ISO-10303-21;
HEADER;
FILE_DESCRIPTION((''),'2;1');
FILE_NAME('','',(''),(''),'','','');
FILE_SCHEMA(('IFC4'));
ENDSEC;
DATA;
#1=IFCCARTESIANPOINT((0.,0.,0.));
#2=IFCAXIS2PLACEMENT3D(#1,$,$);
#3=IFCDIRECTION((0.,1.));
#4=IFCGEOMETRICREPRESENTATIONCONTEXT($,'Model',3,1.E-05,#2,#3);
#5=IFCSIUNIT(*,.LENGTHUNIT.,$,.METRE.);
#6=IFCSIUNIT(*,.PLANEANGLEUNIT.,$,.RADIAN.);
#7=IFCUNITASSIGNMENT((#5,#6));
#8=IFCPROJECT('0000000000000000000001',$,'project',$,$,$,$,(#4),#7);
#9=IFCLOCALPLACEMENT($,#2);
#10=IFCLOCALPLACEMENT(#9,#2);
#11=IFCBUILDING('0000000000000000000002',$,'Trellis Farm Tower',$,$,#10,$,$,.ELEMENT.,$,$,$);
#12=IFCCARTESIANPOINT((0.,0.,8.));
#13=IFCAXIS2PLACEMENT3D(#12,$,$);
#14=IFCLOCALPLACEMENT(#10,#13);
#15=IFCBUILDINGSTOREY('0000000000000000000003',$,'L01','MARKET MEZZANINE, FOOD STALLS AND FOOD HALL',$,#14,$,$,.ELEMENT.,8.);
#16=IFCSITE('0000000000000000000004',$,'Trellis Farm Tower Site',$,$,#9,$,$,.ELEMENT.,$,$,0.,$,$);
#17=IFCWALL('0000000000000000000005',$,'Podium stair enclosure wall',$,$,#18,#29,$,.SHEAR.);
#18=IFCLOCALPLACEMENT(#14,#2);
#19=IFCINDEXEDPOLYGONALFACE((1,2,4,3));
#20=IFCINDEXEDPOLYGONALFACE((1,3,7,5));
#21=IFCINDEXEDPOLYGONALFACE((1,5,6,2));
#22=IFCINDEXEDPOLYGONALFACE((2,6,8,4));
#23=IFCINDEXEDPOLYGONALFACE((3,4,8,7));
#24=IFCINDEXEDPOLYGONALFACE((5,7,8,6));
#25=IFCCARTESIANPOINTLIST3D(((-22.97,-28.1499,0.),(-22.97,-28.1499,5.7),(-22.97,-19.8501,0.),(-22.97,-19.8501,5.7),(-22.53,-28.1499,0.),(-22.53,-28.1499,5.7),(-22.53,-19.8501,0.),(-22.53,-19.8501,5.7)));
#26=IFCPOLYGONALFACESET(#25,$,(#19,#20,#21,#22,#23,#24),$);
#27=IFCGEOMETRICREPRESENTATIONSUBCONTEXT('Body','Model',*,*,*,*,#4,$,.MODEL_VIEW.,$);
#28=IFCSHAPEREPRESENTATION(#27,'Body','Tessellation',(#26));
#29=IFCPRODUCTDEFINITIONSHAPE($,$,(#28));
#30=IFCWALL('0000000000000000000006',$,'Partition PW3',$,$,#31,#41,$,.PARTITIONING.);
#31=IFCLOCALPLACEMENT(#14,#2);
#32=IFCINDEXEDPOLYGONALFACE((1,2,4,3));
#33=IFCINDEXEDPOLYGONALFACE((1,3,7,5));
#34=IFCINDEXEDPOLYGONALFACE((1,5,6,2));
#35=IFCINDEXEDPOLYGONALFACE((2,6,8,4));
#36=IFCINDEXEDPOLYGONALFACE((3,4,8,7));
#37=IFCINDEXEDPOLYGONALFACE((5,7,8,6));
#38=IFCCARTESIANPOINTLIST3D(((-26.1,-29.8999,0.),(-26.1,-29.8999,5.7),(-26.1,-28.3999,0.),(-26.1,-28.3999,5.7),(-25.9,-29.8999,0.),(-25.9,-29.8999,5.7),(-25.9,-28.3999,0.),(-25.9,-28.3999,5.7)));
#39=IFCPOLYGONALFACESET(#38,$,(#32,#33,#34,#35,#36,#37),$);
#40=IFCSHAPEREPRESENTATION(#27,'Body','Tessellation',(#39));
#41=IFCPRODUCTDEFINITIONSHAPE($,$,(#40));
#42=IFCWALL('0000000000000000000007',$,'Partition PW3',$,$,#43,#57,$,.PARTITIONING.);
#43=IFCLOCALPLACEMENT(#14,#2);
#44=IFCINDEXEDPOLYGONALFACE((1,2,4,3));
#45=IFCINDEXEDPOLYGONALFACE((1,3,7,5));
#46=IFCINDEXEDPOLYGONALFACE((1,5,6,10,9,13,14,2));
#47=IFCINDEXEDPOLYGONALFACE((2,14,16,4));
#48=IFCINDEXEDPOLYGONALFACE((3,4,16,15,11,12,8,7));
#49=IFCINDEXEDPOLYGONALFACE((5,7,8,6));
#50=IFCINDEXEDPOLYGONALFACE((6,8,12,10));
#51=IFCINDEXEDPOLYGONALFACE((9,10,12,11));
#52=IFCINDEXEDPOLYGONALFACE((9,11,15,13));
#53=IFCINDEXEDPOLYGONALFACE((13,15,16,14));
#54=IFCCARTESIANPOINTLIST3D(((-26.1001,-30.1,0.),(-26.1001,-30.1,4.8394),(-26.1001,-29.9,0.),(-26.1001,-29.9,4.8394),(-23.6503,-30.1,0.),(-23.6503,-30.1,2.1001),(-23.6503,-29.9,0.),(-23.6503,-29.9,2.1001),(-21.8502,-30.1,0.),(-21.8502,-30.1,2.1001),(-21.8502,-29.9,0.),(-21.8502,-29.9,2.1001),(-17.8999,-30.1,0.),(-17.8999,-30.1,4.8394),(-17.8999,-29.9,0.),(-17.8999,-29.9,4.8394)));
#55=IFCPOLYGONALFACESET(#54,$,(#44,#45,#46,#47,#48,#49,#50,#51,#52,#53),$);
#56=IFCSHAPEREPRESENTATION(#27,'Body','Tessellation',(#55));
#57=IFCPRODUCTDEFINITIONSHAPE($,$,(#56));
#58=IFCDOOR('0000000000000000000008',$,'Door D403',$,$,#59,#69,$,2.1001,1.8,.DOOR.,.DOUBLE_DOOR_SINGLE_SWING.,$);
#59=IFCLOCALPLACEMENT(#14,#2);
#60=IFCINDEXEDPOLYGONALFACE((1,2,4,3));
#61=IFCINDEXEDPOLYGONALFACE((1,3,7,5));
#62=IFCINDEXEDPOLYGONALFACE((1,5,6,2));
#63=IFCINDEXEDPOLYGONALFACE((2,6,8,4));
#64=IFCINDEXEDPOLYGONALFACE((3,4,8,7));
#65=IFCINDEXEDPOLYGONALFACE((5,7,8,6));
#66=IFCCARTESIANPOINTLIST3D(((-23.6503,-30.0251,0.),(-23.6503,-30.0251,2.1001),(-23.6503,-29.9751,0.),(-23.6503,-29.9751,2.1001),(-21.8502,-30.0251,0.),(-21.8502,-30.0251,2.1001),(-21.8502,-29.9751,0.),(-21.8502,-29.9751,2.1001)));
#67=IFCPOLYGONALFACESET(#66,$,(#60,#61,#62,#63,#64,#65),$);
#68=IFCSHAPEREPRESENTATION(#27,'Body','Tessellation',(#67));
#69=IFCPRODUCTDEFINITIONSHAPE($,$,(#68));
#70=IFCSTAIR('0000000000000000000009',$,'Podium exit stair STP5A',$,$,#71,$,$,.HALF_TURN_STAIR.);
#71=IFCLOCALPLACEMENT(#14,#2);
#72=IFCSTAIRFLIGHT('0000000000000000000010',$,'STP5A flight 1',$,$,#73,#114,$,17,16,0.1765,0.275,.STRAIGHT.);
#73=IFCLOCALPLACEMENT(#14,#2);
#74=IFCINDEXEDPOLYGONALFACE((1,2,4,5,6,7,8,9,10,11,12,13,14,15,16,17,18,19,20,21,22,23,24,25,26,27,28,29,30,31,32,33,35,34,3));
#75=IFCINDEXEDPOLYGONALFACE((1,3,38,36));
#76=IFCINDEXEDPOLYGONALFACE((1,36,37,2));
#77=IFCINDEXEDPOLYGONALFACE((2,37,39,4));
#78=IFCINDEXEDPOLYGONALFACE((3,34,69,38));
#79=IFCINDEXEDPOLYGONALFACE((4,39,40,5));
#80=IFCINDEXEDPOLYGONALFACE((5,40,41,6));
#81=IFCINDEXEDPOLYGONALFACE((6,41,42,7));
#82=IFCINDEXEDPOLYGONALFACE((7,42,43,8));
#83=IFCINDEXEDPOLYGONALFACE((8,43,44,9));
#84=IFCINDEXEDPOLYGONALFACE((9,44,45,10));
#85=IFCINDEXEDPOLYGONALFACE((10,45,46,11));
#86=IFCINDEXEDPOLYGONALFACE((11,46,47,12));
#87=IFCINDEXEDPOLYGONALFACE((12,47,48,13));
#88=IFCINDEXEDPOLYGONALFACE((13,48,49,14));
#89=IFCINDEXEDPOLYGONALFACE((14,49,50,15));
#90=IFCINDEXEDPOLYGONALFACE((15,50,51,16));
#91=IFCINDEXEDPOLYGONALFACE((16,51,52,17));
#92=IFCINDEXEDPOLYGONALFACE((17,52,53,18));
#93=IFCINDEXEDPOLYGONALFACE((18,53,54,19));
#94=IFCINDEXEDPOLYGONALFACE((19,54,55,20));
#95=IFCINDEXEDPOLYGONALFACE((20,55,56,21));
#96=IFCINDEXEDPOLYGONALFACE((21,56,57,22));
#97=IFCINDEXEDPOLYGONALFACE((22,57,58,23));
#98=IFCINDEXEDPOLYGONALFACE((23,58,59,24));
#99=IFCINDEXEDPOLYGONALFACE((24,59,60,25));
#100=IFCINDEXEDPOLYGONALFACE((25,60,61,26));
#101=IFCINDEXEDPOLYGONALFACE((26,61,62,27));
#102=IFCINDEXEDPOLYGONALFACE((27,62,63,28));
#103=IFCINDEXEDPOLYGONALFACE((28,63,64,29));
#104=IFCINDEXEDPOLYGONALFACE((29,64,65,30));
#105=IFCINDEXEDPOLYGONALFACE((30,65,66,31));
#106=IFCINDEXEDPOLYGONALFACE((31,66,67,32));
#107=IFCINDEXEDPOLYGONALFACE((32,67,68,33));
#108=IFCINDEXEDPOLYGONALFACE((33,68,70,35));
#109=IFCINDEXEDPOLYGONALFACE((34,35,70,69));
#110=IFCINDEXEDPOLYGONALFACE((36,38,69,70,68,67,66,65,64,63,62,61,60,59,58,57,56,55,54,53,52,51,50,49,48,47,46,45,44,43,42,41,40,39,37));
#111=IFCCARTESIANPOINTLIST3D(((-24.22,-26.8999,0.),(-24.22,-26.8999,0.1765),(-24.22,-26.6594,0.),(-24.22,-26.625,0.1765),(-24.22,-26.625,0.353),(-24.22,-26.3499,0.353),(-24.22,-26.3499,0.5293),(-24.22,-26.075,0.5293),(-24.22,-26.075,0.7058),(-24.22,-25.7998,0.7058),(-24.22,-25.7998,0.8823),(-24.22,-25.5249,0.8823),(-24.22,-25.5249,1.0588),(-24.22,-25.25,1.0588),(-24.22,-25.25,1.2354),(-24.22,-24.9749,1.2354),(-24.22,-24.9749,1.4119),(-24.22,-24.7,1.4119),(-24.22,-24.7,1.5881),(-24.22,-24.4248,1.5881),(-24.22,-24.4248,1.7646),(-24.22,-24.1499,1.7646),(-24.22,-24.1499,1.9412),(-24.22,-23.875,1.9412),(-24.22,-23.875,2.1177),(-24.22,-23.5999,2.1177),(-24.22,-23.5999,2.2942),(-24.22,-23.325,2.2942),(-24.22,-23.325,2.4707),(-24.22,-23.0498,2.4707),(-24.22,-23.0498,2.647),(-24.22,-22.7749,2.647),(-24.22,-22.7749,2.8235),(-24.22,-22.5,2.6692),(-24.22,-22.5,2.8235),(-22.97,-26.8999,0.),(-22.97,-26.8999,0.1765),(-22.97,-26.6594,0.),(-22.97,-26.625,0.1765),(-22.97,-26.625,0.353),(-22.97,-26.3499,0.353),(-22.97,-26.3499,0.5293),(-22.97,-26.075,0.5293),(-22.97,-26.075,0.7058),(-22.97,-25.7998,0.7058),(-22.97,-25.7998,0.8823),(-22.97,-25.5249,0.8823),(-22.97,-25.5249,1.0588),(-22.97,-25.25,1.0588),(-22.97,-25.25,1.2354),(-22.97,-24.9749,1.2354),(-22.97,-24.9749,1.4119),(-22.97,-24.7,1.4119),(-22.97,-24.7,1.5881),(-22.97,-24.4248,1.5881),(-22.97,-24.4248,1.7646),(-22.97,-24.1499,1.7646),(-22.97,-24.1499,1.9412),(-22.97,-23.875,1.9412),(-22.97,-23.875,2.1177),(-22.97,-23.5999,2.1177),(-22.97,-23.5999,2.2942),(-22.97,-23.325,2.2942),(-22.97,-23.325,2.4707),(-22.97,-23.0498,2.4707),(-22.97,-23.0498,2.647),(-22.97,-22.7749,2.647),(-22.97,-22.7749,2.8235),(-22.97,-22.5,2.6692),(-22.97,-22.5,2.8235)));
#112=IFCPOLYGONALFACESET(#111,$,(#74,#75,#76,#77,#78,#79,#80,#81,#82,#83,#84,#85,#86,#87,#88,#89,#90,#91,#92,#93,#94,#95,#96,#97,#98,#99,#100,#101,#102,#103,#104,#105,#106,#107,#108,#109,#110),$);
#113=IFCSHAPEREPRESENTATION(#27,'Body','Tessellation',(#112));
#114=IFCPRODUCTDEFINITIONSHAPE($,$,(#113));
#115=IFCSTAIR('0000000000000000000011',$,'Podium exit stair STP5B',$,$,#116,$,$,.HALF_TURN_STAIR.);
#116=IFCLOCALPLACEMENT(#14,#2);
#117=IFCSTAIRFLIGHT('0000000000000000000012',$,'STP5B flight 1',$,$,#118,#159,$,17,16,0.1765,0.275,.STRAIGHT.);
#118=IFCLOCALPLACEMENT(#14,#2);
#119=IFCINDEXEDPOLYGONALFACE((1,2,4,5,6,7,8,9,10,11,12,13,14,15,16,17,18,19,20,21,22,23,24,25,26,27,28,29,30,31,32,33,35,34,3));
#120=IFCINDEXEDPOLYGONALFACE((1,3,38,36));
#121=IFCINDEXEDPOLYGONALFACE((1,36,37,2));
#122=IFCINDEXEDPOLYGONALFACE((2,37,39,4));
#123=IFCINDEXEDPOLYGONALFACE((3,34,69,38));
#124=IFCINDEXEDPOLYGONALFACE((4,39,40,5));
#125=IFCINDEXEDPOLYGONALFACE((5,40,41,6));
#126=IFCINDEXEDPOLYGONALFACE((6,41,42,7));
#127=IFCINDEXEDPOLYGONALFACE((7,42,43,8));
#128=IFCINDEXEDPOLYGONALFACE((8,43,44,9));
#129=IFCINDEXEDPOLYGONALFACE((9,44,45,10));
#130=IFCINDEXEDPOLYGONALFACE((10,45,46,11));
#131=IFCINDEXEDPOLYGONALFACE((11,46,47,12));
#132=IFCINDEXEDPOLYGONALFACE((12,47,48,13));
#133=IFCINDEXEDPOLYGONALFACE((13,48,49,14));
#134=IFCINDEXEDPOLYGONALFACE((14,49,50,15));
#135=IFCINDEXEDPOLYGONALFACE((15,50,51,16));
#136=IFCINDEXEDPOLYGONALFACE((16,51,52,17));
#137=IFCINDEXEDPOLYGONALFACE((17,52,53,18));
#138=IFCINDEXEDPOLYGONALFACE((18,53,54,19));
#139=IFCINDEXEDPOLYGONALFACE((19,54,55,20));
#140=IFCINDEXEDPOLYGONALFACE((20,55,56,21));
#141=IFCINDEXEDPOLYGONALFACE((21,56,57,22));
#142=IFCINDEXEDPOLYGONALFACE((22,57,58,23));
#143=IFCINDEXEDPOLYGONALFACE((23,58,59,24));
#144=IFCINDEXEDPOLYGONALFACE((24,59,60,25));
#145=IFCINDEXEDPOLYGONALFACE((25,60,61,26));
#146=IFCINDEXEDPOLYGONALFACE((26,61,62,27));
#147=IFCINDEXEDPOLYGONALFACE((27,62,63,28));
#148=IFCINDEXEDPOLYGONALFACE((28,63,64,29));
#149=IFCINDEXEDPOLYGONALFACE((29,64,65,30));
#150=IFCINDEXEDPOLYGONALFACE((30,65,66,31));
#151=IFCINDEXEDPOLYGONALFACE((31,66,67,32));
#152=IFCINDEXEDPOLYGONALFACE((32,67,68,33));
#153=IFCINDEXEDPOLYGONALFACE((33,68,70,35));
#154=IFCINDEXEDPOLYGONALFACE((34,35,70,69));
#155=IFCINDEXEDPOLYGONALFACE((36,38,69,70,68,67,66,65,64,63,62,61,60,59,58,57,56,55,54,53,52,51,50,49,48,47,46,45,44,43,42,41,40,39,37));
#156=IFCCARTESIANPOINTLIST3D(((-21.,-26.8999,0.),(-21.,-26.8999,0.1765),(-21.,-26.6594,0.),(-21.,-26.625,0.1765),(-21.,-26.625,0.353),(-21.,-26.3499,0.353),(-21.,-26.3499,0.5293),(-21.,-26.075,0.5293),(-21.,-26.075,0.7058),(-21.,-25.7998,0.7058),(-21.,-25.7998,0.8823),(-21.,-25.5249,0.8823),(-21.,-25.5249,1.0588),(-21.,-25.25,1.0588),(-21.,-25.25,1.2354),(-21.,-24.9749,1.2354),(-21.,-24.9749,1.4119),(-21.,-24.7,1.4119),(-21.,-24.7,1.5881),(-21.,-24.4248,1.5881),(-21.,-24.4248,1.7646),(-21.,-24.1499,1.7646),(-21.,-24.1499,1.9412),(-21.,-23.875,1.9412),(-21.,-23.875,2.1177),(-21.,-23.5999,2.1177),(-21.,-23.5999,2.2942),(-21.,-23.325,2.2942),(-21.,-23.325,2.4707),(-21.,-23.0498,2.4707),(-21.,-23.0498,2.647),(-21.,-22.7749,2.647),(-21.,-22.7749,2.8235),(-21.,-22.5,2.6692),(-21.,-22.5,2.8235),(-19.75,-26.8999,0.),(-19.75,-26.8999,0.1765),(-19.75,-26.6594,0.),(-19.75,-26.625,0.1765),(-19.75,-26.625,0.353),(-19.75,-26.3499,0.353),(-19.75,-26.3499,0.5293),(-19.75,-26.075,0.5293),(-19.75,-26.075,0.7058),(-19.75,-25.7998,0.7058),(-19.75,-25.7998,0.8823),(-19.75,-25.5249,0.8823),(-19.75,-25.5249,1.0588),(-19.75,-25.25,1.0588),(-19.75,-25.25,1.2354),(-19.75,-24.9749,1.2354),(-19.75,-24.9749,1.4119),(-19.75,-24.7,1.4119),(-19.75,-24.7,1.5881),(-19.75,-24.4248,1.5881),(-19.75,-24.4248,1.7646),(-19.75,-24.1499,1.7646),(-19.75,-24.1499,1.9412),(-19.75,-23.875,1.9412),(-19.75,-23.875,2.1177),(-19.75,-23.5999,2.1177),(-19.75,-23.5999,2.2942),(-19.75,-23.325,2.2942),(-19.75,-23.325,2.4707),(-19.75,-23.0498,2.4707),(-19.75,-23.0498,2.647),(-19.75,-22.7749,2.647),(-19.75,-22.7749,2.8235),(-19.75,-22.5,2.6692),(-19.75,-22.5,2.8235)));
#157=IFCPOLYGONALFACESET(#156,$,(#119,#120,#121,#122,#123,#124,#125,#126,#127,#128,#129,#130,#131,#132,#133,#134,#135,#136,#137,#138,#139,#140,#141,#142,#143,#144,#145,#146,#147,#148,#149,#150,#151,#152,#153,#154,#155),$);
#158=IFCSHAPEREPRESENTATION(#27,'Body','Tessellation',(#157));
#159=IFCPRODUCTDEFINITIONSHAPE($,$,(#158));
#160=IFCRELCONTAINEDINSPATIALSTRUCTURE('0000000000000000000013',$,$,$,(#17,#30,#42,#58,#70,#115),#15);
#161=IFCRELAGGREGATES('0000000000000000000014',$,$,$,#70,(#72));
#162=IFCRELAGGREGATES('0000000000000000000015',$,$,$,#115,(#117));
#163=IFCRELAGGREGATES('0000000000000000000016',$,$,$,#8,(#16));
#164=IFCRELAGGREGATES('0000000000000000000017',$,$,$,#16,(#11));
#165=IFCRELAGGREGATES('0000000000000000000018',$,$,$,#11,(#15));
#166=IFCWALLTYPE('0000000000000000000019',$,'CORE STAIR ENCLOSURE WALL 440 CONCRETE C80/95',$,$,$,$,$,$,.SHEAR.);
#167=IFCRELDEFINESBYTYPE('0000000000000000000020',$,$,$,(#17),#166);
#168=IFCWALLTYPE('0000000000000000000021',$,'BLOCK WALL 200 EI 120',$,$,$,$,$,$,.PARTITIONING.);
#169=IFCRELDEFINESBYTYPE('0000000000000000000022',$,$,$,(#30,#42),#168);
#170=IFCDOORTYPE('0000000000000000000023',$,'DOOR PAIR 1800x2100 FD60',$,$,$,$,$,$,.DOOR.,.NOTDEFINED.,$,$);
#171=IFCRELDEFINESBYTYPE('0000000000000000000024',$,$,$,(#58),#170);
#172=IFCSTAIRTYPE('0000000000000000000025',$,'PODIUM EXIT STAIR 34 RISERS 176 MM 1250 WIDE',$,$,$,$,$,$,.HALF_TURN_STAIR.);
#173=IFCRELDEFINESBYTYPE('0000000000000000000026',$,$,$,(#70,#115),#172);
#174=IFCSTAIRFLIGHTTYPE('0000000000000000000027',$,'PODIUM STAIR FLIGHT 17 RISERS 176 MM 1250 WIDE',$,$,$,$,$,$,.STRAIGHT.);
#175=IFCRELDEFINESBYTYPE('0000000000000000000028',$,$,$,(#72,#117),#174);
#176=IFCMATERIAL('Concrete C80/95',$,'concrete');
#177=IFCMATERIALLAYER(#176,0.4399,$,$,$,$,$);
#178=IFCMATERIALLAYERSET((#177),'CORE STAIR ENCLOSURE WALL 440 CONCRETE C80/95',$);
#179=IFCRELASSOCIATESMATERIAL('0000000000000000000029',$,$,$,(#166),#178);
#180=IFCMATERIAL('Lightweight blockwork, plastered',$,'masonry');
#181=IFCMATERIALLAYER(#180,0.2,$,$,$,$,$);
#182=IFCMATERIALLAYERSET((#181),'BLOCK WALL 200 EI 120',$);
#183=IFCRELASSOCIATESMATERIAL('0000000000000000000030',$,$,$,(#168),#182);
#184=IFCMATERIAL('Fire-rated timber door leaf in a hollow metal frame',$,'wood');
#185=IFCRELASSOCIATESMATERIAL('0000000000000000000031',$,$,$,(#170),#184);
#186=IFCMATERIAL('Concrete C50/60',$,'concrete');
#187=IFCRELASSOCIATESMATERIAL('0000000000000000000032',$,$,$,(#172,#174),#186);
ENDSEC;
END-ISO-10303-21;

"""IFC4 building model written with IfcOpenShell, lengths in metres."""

from ifc_helpers import new_model, si_unit, direction, frame, frame_2d, origin, place, context, subcontext, project, spatial, polyline, rectangle, outline, extrude, source, transform, mapped, material, layer, layer_set, type_object, element, fill, aggregate, save


model = new_model("IFC4")

# Units and contexts
model_context = context("Model", 3, precision=1e-05, world=origin(), true_north=direction((0.0, 1.0)))
body_context = subcontext(model_context, "Body", "Model", "MODEL_VIEW")
ifc_project = project(units=[si_unit("LENGTHUNIT", "METRE"), si_unit("PLANEANGLEUNIT", "RADIAN")], contexts=[model_context])

# Site, building, storey
site_placement = place(None, origin())
site = spatial("IfcSite", under=ifc_project, at=site_placement, Name="Trellis Farm Tower Site", CompositionType="ELEMENT", RefElevation=0.0)
building_placement = place(site_placement, origin())
building = spatial("IfcBuilding", under=site, at=building_placement, Name="Trellis Farm Tower", CompositionType="ELEMENT")
storey_placement = place(building_placement, frame((0.0, 0.0, 8.0)))
storey = spatial("IfcBuildingStorey", under=building, at=storey_placement, Name="L01", Description="MARKET MEZZANINE, FOOD STALLS AND FOOD HALL", CompositionType="ELEMENT", Elevation=8.0)

# Shared definitions
placement = place(storey_placement, origin())

# Shared definitions
ifc_material_1 = material(Name="Concrete C80/95", Category="concrete")
shared_shape_1 = source(origin(), body_context, "Body", "SweptSolid", [
    extrude(rectangle(XDim=1.8, YDim=2.1001, at=frame_2d((0.8999, 1.05))), frame((0.0, 0.0249, 0.0), z_axis=(0.0, -1.0, 0.0), x_axis=(1.0, 0.0, 0.0)), (0.0, 0.0, 1.0), 0.05),
])

# Walls
ifc_layer_1 = layer(ifc_material_1, 0.4399)
ifc_layer_set_1 = layer_set([ifc_layer_1], Name="CORE STAIR ENCLOSURE WALL 440 CONCRETE C80/95")
wall_type_1 = type_object("IfcWallType", Name="CORE STAIR ENCLOSURE WALL 440 CONCRETE C80/95", PredefinedType="SHEAR", material=ifc_layer_set_1)
shared_shape_2 = source(origin(), body_context, "Body", "SweptSolid", [
    extrude(rectangle(XDim=8.2998, YDim=0.4399, at=frame_2d((4.1499, 0.0))), origin(), (0.0, 0.0, 1.0), 5.7),
])
wall_1_placement = place(storey_placement, frame((-22.75, -28.1499, 0.0), z_axis=(0.0, 0.0, 1.0), x_axis=(0.0, 1.0, 0.0)))
element("IfcWall", 1, at=wall_1_placement, inside=storey, type_object=wall_type_1, Name="Podium stair enclosure wall", PredefinedType="SHEAR", context=body_context, shape_type="MappedRepresentation", body=[
    mapped(shared_shape_2, transform((0.0, 0.0, 0.0))),
])
ifc_material_2 = material(Name="Lightweight blockwork, plastered", Category="masonry")
ifc_layer_2 = layer(ifc_material_2, 0.2)
ifc_layer_set_2 = layer_set([ifc_layer_2], Name="BLOCK WALL 200 EI 120")
wall_type_2 = type_object("IfcWallType", Name="BLOCK WALL 200 EI 120", PredefinedType="PARTITIONING", material=ifc_layer_set_2)
shared_shape_3 = source(origin(), body_context, "Body", "SweptSolid", [
    extrude(rectangle(XDim=1.5, YDim=0.2, at=frame_2d((0.75, 0.0))), origin(), (0.0, 0.0, 1.0), 5.7),
])
wall_2_placement = place(storey_placement, frame((-26.0, -28.3999, 0.0), z_axis=(0.0, 0.0, 1.0), x_axis=(0.0, -1.0, 0.0)))
element("IfcWall", 2, at=wall_2_placement, inside=storey, type_object=wall_type_2, Name="Partition PW3", PredefinedType="PARTITIONING", context=body_context, shape_type="MappedRepresentation", body=[
    mapped(shared_shape_3, transform((0.0, 0.0, 0.0))),
])

# Wall, opening, door
shared_shape_4 = source(origin(), body_context, "Body", "SweptSolid", [
    extrude(rectangle(XDim=8.2002, YDim=0.2, at=frame_2d((4.1001, 0.0))), origin(), (0.0, 0.0, 1.0), 4.8394),
])
wall_3_placement = place(storey_placement, frame((-26.1001, -30.0, 0.0), z_axis=(0.0, 0.0, 1.0), x_axis=(1.0, 0.0, 0.0)))
wall_3 = element("IfcWall", 3, at=wall_3_placement, inside=storey, type_object=wall_type_2, Name="Partition PW3", PredefinedType="PARTITIONING", context=body_context, shape_type="MappedRepresentation", body=[
    mapped(shared_shape_4, transform((0.0, 0.0, 0.0))),
])
shared_shape_5 = source(origin(), body_context, "Body", "SweptSolid", [
    extrude(rectangle(XDim=1.8, YDim=2.1001, at=frame_2d((0.8999, 1.05))), frame((0.0, 0.1101, 0.0), z_axis=(0.0, -1.0, 0.0), x_axis=(1.0, 0.0, 0.0)), (0.0, 0.0, 1.0), 0.2202),
])
opening_1_placement = place(wall_3_placement, frame((2.45, 0.0, 0.0)))
opening_1 = element("IfcOpeningElement", 4, at=opening_1_placement, cuts=wall_3, PredefinedType="OPENING", context=body_context, shape_type="MappedRepresentation", body=[
    mapped(shared_shape_5, transform((0.0, 0.0, 0.0))),
])
ifc_material_3 = material(Name="Fire-rated timber door leaf in a hollow metal frame", Category="wood")
door_type_1 = type_object("IfcDoorType", Name="DOOR PAIR 1800x2100 FD60", OperationType="NOTDEFINED", PredefinedType="DOOR", material=ifc_material_3)
door_1_placement = place(opening_1_placement, origin())
door_1 = element("IfcDoor", 5, at=door_1_placement, inside=storey, type_object=door_type_1, Name="Door D403", OperationType="DOUBLE_DOOR_SINGLE_SWING", OverallHeight=2.1001, OverallWidth=1.8, PredefinedType="DOOR", context=body_context, shape_type="MappedRepresentation", body=[
    mapped(shared_shape_1, transform((0.0, 0.0, 0.0))),
])
fill(opening_1, door_1)

# Stairs, stair flights
ifc_material_4 = material(Name="Concrete C50/60", Category="concrete")
stair_type = type_object("IfcStairType", Name="PODIUM EXIT STAIR 34 RISERS 176 MM 1250 WIDE", PredefinedType="HALF_TURN_STAIR", material=ifc_material_4)
stair_1 = element("IfcStair", 6, at=placement, inside=storey, type_object=stair_type, Name="Podium exit stair STP5A", PredefinedType="HALF_TURN_STAIR")
stair_flight_type = type_object("IfcStairFlightType", Name="PODIUM STAIR FLIGHT 17 RISERS 176 MM 1250 WIDE", PredefinedType="STRAIGHT", material=ifc_material_4)
shared_shape_6 = source(origin(), body_context, "Body", "SweptSolid", [
    extrude(outline(polyline([(0.0, 0.0), (0.0, 0.1765), (0.2749, 0.1765), (0.2749, 0.353), (0.55, 0.353), (0.55, 0.5293), (0.825, 0.5293), (0.825, 0.7058), (1.1001, 0.7058), (1.1001, 0.8823), (1.375, 0.8823), (1.375, 1.0588), (1.6499, 1.0588), (1.6499, 1.2354), (1.925, 1.2354), (1.925, 1.4119), (2.2, 1.4119), (2.2, 1.5881), (2.4751, 1.5881), (2.4751, 1.7646), (2.75, 1.7646), (2.75, 1.9412), (3.0249, 1.9412), (3.0249, 2.1177), (3.3, 2.1177), (3.3, 2.2942), (3.575, 2.2942), (3.575, 2.4707), (3.8501, 2.4707), (3.8501, 2.647), (4.125, 2.647), (4.125, 2.8235), (4.3999, 2.8235), (4.3999, 3.0), (4.3999, 2.6692), (0.2405, 0.0), (0.0, 0.0)])), frame((0.0, 0.625, 0.0), z_axis=(0.0, -1.0, 0.0), x_axis=(1.0, 0.0, 0.0)), (0.0, 0.0, 1.0), 1.25),
])
stair_flight_1_placement = place(storey_placement, frame((-23.595, -26.8999, 0.0), z_axis=(0.0, 0.0, 1.0), x_axis=(0.0, 1.0, 0.0)))
stair_flight_1 = element("IfcStairFlight", 7, at=stair_flight_1_placement, type_object=stair_flight_type, Name="STP5A flight 1", NumberOfRisers=17, NumberOfTreads=16, PredefinedType="STRAIGHT", RiserHeight=0.1765, TreadLength=0.275, context=body_context, shape_type="MappedRepresentation", body=[
    mapped(shared_shape_6, transform((0.0, 0.0, 0.0))),
])
aggregate(stair_1, [stair_flight_1])
stair_2 = element("IfcStair", 8, at=placement, inside=storey, type_object=stair_type, Name="Podium exit stair STP5B", PredefinedType="HALF_TURN_STAIR")
stair_flight_2_placement = place(storey_placement, frame((-20.375, -26.8999, 0.0), z_axis=(0.0, 0.0, 1.0), x_axis=(0.0, 1.0, 0.0)))
stair_flight_2 = element("IfcStairFlight", 9, at=stair_flight_2_placement, type_object=stair_flight_type, Name="STP5B flight 1", NumberOfRisers=17, NumberOfTreads=16, PredefinedType="STRAIGHT", RiserHeight=0.1765, TreadLength=0.275, context=body_context, shape_type="MappedRepresentation", body=[
    mapped(shared_shape_6, transform((0.0, 0.0, 0.0))),
])
aggregate(stair_2, [stair_flight_2])

save(model, "model.ifc")
